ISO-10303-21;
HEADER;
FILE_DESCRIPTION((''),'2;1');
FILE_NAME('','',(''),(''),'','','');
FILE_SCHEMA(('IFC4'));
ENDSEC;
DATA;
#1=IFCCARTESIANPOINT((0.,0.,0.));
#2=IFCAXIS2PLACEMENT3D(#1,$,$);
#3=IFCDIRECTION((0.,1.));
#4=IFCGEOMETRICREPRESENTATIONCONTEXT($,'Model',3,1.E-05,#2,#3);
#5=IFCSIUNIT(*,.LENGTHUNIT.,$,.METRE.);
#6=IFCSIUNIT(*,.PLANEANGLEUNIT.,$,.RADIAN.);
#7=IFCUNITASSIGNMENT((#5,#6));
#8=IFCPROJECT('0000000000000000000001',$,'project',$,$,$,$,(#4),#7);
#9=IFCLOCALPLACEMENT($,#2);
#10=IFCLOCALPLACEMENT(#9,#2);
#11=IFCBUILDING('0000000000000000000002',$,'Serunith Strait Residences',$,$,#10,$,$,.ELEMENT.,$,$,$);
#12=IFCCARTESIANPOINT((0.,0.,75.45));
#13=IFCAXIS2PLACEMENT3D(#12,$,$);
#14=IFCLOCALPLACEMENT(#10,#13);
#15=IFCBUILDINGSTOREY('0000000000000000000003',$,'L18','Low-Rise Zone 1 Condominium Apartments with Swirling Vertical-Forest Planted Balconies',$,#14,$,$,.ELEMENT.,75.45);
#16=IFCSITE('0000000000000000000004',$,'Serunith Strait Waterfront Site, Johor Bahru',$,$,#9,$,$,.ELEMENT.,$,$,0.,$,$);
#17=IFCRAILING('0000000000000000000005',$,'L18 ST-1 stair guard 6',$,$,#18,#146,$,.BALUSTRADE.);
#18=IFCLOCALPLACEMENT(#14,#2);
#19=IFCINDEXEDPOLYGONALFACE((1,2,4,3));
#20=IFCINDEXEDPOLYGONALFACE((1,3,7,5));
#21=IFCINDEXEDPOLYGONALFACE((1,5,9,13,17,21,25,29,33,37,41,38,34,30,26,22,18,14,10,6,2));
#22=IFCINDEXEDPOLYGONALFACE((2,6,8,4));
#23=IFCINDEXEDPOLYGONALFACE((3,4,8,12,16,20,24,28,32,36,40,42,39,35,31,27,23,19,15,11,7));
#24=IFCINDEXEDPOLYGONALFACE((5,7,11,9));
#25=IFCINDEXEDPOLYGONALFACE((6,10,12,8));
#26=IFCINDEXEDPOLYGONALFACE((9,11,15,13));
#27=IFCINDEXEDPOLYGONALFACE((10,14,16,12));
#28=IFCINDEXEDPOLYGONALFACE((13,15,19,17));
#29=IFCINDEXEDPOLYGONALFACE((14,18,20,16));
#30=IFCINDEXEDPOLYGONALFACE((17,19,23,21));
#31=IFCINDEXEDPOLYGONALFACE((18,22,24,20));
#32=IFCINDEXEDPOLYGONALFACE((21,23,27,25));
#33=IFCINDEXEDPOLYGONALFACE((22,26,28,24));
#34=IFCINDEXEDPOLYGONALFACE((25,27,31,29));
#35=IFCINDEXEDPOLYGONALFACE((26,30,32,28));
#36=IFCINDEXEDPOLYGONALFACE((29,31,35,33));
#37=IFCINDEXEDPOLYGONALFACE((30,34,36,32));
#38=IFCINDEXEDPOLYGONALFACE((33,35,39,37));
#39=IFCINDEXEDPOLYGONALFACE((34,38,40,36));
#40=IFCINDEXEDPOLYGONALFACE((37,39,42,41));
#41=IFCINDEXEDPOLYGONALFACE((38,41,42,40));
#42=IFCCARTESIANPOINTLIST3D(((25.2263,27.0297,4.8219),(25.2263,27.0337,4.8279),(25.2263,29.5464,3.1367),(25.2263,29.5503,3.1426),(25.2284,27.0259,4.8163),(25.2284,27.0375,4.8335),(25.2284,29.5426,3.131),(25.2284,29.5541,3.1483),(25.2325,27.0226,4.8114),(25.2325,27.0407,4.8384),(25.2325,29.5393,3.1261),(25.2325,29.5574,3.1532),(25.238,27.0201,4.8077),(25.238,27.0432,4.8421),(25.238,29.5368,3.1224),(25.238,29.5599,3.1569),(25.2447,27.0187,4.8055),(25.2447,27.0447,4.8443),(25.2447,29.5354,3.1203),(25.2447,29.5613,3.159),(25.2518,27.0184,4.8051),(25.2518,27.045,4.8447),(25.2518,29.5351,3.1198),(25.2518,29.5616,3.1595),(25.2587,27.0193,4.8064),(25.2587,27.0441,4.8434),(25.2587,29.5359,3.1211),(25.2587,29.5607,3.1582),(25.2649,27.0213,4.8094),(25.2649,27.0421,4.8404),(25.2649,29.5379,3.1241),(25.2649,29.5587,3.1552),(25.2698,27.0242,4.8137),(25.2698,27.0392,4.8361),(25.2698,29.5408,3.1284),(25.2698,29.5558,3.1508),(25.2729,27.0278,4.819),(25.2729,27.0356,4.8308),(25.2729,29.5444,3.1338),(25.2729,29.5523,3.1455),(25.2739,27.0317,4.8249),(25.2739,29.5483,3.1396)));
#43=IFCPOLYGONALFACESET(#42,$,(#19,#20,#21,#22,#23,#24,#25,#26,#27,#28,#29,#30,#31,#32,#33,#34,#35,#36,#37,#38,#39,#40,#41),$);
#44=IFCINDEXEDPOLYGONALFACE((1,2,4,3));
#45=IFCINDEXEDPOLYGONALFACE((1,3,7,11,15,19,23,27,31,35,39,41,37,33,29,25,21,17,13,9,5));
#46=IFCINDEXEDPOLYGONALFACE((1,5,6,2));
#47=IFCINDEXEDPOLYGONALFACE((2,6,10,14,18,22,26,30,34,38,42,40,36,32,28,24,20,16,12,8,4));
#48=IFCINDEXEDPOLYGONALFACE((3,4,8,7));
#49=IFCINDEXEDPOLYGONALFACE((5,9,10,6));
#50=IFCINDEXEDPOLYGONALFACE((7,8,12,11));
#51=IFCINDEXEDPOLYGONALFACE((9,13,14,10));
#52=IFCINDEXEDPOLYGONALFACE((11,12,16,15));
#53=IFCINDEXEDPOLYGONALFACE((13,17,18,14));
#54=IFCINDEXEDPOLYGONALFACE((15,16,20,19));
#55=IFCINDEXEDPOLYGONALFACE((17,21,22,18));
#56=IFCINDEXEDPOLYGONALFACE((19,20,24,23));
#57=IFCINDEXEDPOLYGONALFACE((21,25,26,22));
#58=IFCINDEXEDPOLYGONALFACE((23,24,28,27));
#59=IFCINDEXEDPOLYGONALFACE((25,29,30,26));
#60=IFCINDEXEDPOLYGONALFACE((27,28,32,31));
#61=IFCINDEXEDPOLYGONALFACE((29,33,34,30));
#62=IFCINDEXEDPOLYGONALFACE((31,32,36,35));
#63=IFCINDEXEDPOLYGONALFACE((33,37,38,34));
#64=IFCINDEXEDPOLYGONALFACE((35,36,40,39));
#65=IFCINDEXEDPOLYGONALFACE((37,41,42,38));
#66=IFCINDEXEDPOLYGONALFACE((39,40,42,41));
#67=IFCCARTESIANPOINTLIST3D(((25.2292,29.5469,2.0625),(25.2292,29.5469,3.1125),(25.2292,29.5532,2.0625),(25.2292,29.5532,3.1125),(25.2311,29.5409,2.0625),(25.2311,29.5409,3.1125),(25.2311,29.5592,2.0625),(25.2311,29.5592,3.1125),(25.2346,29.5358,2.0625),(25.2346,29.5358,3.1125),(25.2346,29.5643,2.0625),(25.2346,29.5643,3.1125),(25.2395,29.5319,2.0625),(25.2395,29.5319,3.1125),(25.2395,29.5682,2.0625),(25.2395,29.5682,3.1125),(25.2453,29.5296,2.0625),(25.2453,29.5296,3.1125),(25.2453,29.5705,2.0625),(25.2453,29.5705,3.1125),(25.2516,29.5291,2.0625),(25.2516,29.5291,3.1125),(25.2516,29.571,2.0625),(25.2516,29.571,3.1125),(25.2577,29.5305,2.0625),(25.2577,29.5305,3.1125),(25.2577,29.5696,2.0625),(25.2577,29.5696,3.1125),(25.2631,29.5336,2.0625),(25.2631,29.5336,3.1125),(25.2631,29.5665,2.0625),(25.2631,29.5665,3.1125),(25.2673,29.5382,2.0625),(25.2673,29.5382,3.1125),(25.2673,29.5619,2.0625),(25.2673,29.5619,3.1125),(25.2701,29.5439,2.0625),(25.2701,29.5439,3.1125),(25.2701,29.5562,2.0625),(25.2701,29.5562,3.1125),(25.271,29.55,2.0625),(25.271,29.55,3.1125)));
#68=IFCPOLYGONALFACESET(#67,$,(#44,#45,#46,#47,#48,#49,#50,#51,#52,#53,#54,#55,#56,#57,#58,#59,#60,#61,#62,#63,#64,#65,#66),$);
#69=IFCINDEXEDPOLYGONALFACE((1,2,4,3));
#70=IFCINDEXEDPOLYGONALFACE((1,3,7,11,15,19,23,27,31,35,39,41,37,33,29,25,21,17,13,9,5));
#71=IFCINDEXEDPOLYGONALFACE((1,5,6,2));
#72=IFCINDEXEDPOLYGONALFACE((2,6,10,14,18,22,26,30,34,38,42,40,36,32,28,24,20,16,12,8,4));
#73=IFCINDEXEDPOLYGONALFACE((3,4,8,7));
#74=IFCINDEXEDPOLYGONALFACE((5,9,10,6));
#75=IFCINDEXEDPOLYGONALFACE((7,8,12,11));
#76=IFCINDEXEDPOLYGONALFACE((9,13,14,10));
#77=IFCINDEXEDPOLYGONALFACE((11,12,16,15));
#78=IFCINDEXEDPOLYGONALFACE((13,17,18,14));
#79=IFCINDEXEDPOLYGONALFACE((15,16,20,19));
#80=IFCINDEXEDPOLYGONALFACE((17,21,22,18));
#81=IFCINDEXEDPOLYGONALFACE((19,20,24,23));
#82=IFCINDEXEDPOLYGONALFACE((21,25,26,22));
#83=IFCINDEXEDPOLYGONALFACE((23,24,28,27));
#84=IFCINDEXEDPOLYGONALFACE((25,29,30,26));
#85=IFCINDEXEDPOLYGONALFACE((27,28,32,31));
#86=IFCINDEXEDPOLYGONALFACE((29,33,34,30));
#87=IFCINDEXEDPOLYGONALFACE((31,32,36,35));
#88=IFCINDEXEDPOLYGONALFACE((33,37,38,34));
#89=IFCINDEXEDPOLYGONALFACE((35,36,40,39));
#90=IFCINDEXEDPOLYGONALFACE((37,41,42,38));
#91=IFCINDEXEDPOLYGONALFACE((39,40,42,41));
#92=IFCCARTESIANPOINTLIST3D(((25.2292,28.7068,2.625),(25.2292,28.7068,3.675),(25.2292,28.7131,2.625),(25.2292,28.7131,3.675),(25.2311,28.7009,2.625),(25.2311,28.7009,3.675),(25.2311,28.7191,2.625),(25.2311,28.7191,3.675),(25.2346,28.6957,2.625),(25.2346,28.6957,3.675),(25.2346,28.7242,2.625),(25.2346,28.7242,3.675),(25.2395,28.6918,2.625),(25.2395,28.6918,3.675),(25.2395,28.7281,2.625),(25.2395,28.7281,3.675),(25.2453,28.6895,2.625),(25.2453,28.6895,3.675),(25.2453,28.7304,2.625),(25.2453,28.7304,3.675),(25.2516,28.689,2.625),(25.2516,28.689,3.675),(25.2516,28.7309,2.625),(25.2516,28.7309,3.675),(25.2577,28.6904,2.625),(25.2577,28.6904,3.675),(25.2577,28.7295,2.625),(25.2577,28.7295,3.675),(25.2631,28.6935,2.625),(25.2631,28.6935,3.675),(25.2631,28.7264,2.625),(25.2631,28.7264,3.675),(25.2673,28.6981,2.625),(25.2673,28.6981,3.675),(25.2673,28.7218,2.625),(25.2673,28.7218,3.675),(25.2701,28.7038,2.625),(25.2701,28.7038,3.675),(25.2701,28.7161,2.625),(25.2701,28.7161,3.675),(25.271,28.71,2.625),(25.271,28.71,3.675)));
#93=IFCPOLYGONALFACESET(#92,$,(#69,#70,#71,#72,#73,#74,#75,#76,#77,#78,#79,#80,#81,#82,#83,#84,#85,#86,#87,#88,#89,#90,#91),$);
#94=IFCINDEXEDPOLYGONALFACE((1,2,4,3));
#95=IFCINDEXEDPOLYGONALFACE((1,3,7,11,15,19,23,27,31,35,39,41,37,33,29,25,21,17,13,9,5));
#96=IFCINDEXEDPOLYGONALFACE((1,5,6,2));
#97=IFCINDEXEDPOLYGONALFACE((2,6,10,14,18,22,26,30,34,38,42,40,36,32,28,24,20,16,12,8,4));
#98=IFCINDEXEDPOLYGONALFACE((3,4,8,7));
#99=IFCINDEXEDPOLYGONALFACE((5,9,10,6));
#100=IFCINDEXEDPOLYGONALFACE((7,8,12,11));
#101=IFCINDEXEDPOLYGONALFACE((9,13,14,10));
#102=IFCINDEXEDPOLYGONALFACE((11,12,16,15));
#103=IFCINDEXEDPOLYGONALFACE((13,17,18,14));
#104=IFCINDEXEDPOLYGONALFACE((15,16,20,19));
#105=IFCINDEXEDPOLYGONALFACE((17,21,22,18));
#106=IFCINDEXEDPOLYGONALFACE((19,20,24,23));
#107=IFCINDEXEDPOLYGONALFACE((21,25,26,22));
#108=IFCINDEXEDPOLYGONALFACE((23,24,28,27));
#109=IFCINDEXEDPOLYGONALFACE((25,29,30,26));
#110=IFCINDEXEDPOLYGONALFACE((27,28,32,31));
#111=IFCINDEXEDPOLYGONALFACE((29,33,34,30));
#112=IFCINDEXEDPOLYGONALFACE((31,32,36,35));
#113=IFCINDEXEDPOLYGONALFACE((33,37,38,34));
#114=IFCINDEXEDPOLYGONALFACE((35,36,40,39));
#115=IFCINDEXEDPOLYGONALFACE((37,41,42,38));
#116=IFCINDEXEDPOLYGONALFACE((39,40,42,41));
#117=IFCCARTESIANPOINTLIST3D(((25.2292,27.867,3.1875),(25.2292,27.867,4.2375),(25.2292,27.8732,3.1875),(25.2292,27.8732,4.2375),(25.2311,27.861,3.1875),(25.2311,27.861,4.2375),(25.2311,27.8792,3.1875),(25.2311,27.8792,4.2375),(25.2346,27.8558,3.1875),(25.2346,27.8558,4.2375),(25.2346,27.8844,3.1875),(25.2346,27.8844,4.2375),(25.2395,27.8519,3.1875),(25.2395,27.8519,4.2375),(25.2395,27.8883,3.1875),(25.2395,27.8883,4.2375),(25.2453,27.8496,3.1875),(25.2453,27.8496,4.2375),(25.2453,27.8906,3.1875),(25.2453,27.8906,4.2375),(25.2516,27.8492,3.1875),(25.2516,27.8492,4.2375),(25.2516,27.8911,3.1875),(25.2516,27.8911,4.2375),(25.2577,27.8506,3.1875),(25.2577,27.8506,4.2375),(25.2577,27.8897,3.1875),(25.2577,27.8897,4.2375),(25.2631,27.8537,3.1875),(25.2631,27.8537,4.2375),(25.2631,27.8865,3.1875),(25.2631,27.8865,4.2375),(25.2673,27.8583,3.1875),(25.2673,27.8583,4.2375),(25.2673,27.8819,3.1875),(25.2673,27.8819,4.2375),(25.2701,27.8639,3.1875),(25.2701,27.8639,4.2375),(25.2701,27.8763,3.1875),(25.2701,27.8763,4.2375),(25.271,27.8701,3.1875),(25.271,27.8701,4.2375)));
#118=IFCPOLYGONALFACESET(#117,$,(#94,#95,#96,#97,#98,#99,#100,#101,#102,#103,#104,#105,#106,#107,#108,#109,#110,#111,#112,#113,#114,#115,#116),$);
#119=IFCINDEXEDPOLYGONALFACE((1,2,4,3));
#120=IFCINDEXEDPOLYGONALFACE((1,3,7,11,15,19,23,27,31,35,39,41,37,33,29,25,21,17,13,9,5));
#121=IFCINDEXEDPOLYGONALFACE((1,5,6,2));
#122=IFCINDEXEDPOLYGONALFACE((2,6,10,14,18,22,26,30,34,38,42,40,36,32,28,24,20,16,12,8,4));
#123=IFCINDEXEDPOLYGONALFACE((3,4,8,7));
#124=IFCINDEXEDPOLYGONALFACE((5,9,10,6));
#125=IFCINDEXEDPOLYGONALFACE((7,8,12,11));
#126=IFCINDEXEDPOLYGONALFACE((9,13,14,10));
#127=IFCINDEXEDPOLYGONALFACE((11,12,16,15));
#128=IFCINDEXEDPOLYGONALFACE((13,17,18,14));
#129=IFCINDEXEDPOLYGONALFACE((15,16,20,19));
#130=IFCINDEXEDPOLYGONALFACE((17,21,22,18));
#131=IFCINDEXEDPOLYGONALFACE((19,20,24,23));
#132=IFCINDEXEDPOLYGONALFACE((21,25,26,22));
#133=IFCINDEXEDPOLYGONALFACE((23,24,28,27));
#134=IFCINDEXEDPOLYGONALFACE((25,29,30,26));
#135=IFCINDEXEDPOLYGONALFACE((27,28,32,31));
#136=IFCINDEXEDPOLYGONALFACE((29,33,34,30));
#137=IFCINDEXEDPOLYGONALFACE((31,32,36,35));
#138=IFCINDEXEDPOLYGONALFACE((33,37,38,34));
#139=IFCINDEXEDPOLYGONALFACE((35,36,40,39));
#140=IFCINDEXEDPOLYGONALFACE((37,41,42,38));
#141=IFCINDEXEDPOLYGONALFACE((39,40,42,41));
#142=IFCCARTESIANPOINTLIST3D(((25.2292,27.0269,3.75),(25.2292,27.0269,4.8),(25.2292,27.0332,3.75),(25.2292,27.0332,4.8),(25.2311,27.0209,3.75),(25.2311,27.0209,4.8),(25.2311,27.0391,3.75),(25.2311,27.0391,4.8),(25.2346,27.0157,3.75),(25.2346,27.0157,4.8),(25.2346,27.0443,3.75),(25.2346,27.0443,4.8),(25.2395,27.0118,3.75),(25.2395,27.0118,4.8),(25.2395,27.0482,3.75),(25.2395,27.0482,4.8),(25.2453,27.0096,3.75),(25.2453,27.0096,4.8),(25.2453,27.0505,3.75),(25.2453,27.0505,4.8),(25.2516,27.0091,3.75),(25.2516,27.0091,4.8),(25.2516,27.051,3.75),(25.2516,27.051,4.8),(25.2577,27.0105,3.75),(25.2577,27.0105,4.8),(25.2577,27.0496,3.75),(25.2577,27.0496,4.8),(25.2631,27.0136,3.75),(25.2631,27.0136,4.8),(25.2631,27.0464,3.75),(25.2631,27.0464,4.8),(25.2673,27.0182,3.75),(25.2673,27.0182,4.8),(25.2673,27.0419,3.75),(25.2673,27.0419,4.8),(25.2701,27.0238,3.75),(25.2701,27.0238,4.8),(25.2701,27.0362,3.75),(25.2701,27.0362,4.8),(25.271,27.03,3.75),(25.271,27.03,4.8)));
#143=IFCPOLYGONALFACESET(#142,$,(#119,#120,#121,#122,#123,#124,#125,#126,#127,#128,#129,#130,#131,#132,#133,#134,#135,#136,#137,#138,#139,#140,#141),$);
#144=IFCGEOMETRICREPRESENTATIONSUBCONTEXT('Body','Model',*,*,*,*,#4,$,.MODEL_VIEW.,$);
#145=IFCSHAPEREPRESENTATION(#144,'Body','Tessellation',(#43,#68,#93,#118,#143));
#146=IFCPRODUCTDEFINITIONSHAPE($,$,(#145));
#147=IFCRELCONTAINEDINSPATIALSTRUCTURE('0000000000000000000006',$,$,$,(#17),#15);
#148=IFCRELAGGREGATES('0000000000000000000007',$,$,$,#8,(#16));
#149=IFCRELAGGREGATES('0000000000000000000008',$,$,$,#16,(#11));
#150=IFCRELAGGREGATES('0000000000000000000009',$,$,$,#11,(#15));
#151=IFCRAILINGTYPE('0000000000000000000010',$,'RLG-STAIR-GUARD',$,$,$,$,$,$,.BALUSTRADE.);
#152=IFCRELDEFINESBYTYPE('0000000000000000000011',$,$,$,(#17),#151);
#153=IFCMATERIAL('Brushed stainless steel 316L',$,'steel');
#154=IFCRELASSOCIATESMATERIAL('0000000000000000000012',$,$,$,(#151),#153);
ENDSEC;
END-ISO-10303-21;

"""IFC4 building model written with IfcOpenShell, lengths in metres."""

from ifc_helpers import new_model, si_unit, direction, frame, origin, origin_2d, place, context, subcontext, project, spatial, circle, extrude, material, type_object, element, save


model = new_model("IFC4")

# Units and contexts
model_context = context("Model", 3, precision=1e-05, world=origin(), true_north=direction((0.0, 1.0)))
body_context = subcontext(model_context, "Body", "Model", "MODEL_VIEW")
ifc_project = project(units=[si_unit("LENGTHUNIT", "METRE"), si_unit("PLANEANGLEUNIT", "RADIAN")], contexts=[model_context])

# Site, building, storey
site_placement = place(None, origin())
site = spatial("IfcSite", under=ifc_project, at=site_placement, Name="Serunith Strait Waterfront Site, Johor Bahru", CompositionType="ELEMENT", RefElevation=0.0)
building_placement = place(site_placement, origin())
building = spatial("IfcBuilding", under=site, at=building_placement, Name="Serunith Strait Residences", CompositionType="ELEMENT")
storey_placement = place(building_placement, frame((0.0, 0.0, 75.45)))
storey = spatial("IfcBuildingStorey", under=building, at=storey_placement, Name="L18", Description="Low-Rise Zone 1 Condominium Apartments with Swirling Vertical-Forest Planted Balconies", CompositionType="ELEMENT", Elevation=75.45)

# Railing
ifc_material_1 = material(Name="Brushed stainless steel 316L", Category="steel")
railing_type_1 = type_object("IfcRailingType", Name="RLG-STAIR-GUARD", PredefinedType="BALUSTRADE", material=ifc_material_1)
railing_1_placement = place(storey_placement, frame((25.25, 29.55, 2.0625)))
element("IfcRailing", 1, at=railing_1_placement, inside=storey, type_object=railing_type_1, Name="L18 ST-1 stair guard 6", PredefinedType="BALUSTRADE", context=body_context, shape_type="SweptSolid", body=[
    extrude(circle(Radius=0.0239, at=origin_2d()), frame((0.0, -0.0017, 1.0771), z_axis=(0.0, -0.830909, 0.556408), x_axis=(1.0, 0.0, 0.0)), (0.0, 0.0, 1.0), 3.0288),
    extrude(circle(Radius=0.021, at=origin_2d()), origin(), (0.0, 0.0, 1.0), 1.05),
    extrude(circle(Radius=0.021, at=origin_2d()), frame((0.0, -0.8401, 0.5625)), (0.0, 0.0, 1.0), 1.05),
    extrude(circle(Radius=0.021, at=origin_2d()), frame((0.0, -1.6799, 1.125)), (0.0, 0.0, 1.0), 1.05),
    extrude(circle(Radius=0.021, at=origin_2d()), frame((0.0, -2.52, 1.6875)), (0.0, 0.0, 1.0), 1.05),
])

save(model, "model.ifc")
